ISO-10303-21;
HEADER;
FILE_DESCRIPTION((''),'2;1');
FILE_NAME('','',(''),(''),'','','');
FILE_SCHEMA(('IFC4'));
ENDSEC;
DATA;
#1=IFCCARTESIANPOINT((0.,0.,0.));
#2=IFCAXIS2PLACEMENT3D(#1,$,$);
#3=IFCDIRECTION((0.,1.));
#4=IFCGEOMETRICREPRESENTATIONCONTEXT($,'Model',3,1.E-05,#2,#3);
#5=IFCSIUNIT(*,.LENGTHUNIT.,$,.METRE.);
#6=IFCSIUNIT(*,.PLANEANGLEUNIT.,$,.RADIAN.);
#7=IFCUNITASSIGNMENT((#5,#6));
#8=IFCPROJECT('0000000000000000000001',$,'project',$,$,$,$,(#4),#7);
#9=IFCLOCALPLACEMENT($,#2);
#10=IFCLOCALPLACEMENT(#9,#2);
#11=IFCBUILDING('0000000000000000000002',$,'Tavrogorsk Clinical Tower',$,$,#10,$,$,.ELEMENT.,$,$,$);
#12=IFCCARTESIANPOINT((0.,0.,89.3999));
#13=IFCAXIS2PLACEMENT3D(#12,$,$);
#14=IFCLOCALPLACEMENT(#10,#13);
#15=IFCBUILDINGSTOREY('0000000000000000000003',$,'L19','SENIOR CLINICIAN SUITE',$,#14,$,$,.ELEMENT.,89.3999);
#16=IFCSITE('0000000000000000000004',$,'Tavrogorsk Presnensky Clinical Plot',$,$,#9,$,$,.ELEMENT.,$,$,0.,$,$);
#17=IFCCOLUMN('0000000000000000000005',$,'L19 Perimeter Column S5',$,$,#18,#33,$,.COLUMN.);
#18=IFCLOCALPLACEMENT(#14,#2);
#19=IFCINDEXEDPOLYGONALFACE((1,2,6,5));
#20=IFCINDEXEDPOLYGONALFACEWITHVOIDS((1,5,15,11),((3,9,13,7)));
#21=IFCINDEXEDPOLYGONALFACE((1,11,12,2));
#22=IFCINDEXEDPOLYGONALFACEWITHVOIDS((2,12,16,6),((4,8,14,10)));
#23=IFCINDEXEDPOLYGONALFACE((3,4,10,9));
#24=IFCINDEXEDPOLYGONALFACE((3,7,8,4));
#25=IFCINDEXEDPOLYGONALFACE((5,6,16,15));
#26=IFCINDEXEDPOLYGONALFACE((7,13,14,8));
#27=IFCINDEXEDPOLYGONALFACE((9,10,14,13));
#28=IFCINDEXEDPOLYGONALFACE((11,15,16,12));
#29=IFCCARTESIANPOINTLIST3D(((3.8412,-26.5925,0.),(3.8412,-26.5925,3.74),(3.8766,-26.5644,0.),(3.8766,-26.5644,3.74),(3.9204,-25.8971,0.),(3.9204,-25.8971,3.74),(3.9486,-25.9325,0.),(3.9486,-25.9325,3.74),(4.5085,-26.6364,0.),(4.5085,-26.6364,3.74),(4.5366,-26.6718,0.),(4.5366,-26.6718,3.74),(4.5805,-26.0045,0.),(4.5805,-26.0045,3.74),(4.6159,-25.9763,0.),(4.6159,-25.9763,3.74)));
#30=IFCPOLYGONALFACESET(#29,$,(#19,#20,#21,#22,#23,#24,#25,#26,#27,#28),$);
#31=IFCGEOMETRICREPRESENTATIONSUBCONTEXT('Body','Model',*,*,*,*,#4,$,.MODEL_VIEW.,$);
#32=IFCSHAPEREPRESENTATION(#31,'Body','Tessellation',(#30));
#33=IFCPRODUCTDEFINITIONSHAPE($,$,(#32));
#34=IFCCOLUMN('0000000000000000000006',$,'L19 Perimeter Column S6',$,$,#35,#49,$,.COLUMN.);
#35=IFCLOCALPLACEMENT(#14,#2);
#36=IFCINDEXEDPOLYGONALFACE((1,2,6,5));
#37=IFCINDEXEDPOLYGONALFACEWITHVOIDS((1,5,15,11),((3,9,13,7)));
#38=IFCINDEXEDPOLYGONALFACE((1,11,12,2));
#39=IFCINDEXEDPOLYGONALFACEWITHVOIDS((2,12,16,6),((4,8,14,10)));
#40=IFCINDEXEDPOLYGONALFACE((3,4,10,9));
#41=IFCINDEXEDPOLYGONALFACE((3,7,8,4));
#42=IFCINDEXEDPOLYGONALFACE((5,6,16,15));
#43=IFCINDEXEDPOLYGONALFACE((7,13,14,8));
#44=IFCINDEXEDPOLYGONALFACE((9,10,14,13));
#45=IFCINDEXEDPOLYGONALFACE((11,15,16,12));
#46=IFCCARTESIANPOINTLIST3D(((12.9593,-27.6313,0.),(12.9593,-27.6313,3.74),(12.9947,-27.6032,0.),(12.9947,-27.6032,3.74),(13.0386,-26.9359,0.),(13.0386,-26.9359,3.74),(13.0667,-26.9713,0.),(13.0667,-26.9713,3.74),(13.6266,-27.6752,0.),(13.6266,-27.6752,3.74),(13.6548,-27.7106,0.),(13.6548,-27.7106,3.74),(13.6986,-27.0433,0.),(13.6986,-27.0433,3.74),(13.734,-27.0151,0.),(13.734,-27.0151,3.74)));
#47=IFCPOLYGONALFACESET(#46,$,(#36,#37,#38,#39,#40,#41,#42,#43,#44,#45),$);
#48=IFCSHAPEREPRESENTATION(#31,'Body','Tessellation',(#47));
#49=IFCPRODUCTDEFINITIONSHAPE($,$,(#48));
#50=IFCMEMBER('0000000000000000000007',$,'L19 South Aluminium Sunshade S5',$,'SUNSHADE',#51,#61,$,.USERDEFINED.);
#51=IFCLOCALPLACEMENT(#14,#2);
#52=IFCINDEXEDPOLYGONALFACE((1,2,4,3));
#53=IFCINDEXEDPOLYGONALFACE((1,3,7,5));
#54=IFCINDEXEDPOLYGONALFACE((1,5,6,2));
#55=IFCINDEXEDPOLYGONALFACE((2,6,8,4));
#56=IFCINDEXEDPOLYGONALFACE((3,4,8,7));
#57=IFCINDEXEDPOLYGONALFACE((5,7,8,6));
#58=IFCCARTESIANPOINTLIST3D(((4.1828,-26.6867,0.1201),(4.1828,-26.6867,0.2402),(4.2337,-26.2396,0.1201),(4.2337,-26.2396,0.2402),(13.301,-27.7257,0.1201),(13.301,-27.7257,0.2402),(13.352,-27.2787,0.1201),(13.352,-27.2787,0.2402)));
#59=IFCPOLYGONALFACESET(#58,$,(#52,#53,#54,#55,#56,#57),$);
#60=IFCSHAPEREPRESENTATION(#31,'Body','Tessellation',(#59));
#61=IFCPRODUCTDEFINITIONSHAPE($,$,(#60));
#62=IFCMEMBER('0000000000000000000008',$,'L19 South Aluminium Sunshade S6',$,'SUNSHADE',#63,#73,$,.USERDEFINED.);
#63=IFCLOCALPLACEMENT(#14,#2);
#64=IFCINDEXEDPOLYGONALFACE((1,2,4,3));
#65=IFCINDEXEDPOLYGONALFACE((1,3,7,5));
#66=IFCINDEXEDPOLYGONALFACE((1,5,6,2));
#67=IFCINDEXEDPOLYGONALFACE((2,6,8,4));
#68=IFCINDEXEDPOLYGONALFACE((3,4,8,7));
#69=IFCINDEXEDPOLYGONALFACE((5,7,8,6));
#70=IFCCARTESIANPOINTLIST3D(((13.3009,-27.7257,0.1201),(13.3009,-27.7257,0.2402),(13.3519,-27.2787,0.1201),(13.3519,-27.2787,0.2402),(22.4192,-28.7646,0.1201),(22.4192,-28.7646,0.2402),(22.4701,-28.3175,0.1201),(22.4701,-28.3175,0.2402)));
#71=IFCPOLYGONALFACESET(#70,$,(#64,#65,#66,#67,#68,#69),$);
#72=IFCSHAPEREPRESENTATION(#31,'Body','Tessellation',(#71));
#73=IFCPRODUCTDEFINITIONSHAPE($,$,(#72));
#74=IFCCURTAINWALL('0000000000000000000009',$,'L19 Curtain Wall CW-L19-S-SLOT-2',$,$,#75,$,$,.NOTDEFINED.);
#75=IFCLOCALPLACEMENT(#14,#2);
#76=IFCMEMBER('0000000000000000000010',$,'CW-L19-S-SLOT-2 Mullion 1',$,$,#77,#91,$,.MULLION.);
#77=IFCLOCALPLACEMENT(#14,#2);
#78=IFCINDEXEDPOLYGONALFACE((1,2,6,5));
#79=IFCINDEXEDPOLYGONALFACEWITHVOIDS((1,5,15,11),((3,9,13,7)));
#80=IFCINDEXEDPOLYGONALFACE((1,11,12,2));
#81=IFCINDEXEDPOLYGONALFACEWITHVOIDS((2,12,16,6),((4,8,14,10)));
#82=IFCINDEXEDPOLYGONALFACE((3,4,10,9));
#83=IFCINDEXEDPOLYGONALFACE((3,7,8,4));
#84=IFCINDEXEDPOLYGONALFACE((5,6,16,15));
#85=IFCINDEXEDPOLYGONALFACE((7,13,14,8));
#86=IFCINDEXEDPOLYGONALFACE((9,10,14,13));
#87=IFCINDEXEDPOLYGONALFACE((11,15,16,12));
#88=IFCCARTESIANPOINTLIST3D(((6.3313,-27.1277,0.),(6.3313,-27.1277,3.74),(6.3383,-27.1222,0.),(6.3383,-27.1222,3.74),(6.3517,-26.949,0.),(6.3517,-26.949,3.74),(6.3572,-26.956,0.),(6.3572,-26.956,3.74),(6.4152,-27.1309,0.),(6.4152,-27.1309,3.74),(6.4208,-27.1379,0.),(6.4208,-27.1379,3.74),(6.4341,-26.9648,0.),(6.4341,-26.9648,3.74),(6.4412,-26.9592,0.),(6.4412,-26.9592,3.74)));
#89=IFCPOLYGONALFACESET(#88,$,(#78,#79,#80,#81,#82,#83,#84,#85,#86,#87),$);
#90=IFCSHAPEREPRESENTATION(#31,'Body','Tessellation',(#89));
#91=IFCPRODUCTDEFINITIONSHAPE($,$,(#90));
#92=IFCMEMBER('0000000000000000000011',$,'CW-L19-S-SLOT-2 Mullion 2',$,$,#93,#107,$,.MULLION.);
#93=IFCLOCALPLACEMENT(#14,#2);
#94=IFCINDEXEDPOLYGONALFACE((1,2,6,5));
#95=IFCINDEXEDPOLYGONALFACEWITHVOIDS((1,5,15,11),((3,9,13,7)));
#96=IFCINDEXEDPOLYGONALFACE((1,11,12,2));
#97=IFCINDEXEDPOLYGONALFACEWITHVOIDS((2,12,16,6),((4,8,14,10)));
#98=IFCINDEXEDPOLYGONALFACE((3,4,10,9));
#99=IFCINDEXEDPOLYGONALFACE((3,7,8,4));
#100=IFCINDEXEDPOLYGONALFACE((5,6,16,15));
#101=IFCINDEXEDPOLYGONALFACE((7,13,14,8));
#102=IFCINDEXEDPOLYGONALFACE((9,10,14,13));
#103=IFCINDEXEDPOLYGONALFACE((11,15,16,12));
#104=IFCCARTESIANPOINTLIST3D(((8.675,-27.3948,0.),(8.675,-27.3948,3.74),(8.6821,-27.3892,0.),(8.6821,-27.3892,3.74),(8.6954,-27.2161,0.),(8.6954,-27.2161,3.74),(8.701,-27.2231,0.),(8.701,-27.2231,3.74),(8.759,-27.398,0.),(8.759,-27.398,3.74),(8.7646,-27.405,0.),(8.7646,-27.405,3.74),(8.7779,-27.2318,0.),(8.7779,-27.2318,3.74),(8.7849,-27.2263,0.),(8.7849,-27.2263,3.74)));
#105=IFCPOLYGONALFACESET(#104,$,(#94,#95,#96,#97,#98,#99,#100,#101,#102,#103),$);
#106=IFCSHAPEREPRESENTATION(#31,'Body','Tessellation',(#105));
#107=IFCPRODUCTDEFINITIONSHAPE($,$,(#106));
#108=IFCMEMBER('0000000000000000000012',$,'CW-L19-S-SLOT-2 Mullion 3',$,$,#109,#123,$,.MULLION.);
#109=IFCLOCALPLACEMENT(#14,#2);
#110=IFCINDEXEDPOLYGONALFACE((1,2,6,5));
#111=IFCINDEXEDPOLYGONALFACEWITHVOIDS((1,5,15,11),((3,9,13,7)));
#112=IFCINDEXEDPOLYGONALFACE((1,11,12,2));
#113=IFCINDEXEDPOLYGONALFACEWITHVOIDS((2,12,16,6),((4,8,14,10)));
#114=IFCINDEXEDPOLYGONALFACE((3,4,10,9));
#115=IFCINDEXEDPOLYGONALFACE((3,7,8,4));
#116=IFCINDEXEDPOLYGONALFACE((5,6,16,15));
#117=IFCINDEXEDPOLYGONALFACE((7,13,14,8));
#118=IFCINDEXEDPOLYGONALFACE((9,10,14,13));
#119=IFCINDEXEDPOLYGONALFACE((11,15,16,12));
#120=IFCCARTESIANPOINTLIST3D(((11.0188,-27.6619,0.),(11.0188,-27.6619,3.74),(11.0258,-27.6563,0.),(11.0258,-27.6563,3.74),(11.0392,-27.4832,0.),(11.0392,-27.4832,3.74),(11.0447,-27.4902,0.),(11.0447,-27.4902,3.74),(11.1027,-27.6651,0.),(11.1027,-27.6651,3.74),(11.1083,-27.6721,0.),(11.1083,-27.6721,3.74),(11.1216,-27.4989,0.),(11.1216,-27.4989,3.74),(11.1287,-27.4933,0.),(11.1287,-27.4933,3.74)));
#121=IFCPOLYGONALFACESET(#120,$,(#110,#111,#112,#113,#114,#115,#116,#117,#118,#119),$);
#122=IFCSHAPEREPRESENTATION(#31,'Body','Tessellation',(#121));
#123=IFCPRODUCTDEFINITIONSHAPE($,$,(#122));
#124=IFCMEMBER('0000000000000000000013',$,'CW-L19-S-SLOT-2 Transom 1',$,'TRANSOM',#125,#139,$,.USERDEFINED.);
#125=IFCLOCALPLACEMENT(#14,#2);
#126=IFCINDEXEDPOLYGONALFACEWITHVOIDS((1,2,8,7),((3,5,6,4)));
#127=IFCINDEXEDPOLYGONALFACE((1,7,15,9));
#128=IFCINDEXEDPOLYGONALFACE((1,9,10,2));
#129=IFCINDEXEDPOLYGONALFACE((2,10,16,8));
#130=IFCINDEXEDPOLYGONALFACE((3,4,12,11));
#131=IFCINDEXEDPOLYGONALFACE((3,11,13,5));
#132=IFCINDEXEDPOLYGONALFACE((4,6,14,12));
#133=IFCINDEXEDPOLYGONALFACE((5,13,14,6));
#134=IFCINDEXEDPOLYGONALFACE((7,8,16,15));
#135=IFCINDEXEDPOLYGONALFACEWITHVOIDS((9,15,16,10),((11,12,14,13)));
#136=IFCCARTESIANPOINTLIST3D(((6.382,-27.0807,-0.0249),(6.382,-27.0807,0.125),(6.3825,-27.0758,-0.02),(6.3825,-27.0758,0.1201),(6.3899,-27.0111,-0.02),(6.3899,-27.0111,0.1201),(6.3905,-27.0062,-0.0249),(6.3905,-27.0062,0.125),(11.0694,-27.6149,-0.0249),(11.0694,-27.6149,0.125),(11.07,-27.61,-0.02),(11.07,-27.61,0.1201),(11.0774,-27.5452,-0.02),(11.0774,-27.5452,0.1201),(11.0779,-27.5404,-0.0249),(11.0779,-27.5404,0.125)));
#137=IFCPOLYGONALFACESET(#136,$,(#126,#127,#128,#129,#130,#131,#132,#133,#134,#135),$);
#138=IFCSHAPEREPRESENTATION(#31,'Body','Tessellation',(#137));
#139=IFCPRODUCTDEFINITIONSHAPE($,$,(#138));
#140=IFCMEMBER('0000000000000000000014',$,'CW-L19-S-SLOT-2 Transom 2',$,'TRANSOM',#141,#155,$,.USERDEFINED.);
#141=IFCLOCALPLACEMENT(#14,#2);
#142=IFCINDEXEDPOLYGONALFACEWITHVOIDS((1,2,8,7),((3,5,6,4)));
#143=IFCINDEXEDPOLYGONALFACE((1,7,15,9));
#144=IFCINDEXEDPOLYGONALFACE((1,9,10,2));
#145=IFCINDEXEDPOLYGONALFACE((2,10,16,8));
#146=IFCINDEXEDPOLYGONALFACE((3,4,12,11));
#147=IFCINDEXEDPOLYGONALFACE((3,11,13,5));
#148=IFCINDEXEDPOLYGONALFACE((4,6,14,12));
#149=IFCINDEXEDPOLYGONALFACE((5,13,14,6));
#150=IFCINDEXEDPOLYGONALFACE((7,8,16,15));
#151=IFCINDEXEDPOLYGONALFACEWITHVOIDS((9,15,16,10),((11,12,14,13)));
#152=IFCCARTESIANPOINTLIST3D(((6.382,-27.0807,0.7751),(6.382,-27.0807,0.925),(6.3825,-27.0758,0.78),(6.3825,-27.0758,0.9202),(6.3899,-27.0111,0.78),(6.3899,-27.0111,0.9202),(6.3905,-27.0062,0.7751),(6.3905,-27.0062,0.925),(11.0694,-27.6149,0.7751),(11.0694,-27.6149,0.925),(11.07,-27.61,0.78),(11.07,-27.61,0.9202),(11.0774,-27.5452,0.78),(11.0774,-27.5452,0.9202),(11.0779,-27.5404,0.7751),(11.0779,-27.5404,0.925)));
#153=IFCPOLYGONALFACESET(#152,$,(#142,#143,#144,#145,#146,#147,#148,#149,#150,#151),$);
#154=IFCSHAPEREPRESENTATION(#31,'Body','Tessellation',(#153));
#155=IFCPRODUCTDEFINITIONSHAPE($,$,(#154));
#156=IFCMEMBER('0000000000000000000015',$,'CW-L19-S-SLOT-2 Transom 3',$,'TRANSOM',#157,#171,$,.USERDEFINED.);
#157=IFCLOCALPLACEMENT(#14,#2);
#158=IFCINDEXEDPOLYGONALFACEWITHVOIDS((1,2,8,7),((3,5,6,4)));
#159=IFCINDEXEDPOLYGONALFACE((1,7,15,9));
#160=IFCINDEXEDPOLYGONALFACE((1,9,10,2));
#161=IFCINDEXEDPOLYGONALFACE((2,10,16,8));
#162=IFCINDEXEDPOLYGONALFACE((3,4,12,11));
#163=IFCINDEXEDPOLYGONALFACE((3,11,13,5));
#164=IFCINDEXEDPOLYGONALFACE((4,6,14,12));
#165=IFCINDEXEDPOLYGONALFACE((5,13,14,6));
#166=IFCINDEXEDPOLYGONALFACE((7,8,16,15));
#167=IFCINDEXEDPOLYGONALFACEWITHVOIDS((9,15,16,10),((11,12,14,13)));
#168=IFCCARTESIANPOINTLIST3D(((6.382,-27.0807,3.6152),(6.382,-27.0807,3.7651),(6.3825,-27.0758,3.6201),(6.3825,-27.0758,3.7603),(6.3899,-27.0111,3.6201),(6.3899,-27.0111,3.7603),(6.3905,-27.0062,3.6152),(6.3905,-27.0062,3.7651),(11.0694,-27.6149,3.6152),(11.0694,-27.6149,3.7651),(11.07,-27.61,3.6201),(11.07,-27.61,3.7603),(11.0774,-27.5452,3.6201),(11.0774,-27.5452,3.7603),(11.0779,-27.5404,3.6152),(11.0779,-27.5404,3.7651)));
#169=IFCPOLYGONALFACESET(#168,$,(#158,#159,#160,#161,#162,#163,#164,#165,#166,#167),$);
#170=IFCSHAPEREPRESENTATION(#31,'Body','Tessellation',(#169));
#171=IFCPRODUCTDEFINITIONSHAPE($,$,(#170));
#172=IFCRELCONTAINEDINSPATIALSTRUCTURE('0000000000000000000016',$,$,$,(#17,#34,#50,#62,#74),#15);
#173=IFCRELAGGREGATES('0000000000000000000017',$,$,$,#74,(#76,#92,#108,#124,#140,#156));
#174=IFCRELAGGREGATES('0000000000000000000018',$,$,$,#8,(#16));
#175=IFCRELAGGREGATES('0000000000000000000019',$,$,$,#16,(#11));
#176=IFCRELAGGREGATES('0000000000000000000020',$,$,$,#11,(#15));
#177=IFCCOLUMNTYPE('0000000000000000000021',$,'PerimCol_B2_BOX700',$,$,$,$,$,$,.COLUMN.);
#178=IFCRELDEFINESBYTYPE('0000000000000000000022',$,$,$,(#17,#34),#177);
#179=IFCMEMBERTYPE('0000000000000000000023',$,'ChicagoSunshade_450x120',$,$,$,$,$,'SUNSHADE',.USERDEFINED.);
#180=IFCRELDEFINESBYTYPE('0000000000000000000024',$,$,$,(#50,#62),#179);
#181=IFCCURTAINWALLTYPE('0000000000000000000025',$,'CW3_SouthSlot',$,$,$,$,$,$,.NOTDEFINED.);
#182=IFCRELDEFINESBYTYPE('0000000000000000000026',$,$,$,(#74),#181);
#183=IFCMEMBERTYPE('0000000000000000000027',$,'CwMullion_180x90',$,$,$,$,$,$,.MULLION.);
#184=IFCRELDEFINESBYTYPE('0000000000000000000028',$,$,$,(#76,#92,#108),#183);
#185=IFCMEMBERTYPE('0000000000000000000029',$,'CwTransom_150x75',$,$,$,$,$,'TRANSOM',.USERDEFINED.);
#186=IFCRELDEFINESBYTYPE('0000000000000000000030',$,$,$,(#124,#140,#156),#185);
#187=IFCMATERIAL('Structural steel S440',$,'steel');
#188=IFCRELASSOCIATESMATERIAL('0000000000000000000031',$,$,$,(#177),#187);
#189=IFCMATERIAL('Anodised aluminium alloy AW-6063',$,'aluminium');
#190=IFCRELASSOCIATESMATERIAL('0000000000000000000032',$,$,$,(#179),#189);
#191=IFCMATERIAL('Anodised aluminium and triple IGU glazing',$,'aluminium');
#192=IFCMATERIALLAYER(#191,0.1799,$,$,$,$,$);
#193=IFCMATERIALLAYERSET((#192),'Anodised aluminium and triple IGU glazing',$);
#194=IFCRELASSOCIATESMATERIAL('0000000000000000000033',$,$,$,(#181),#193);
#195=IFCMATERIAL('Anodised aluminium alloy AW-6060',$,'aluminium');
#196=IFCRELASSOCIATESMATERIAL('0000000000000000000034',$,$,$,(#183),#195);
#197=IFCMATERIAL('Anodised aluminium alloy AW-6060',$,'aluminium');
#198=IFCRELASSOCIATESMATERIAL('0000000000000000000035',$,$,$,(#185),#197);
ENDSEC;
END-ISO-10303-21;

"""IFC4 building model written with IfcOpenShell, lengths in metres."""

from ifc_helpers import new_model, si_unit, direction, frame, origin, origin_2d, place, context, subcontext, project, spatial, rectangle, hollow_rectangle, extrude, material, layer, layer_set, material_profile, profile_set, type_object, element, aggregate, save


model = new_model("IFC4")

# Units and contexts
model_context = context("Model", 3, precision=1e-05, world=origin(), true_north=direction((0.0, 1.0)))
body_context = subcontext(model_context, "Body", "Model", "MODEL_VIEW")
ifc_project = project(units=[si_unit("LENGTHUNIT", "METRE"), si_unit("PLANEANGLEUNIT", "RADIAN")], contexts=[model_context])

# Site, building, storey
site_placement = place(None, origin())
site = spatial("IfcSite", under=ifc_project, at=site_placement, Name="Tavrogorsk Presnensky Clinical Plot", CompositionType="ELEMENT", RefElevation=0.0)
building_placement = place(site_placement, origin())
building = spatial("IfcBuilding", under=site, at=building_placement, Name="Tavrogorsk Clinical Tower", CompositionType="ELEMENT")
storey_placement = place(building_placement, frame((0.0, 0.0, 89.3999)))
storey = spatial("IfcBuildingStorey", under=building, at=storey_placement, Name="L19", Description="SENIOR CLINICIAN SUITE", CompositionType="ELEMENT", Elevation=89.3999)

# Columns
ifc_material_1 = material(Name="Structural steel S440", Category="steel")
ifc_material_profile_1 = material_profile(ifc_material_1, hollow_rectangle(XDim=0.7, YDim=0.7, WallThickness=0.032, at=origin_2d()), Name="BOX-700x700x32")
ifc_profile_set_1 = profile_set([ifc_material_profile_1], Name="Structural steel S440")
column_type = type_object("IfcColumnType", Name="PerimCol_B2_BOX700", PredefinedType="COLUMN", material=ifc_profile_set_1)
for number, where, z_axis, x_axis, name in (
    (1, (4.2285, -26.2844, 0.0), (0.0, 0.0, 1.0), (0.993572, -0.113203, 0.0), "L19 Perimeter Column S5"),
    (2, (13.3467, -27.3232, 0.0), (0.0, 0.0, 1.0), (0.993572, -0.113203, 0.0), "L19 Perimeter Column S6"),
):
    element("IfcColumn", number, at=place(storey_placement, frame(where, z_axis=z_axis, x_axis=x_axis)), inside=storey, type_object=column_type, Name=name, PredefinedType="COLUMN", context=body_context, shape_type="SweptSolid", body=[
        extrude(hollow_rectangle(XDim=0.7, YDim=0.7, WallThickness=0.032, at=origin_2d()), origin(), (0.0, 0.0, 1.0), 3.74),
    ])

# Members
ifc_material_2 = material(Name="Anodised aluminium alloy AW-6063", Category="aluminium")
ifc_material_profile_2 = material_profile(ifc_material_2, rectangle(XDim=0.45, YDim=0.1201, at=origin_2d()), Name="ALU-SUNSHADE-450x120")
ifc_profile_set_2 = profile_set([ifc_material_profile_2], Name="Anodised aluminium alloy AW-6063")
member_type_1 = type_object("IfcMemberType", Name="ChicagoSunshade_450x120", ElementType="SUNSHADE", PredefinedType="USERDEFINED", material=ifc_profile_set_2)
for number, where, z_axis, x_axis, name in (
    (3, (4.2083, -26.4631, 0.1802), (0.99357, -0.113222, 0.0), (0.113222, 0.99357, 0.0), "L19 South Aluminium Sunshade S5"),
    (4, (13.3264, -27.5022, 0.1802), (0.993573, -0.113196, 0.0), (0.113196, 0.993573, 0.0), "L19 South Aluminium Sunshade S6"),
):
    element("IfcMember", number, at=place(storey_placement, frame(where, z_axis=z_axis, x_axis=x_axis)), inside=storey, type_object=member_type_1, Name=name, ObjectType="SUNSHADE", PredefinedType="USERDEFINED", context=body_context, shape_type="SweptSolid", body=[
        extrude(rectangle(XDim=0.45, YDim=0.1201, at=origin_2d()), origin(), (0.0, 0.0, 1.0), 9.1772),
    ])

# Curtain wall, members
ifc_material_3 = material(Name="Anodised aluminium and triple IGU glazing", Category="aluminium")
ifc_layer_1 = layer(ifc_material_3, 0.1799)
ifc_layer_set_1 = layer_set([ifc_layer_1], Name="Anodised aluminium and triple IGU glazing")
curtain_wall_type = type_object("IfcCurtainWallType", Name="CW3_SouthSlot", PredefinedType="NOTDEFINED", material=ifc_layer_set_1)
curtain_wall_placement = place(storey_placement, origin())
curtain_wall = element("IfcCurtainWall", 5, at=curtain_wall_placement, inside=storey, type_object=curtain_wall_type, Name="L19 Curtain Wall CW-L19-S-SLOT-2", PredefinedType="NOTDEFINED")
ifc_material_4 = material(Name="Anodised aluminium alloy AW-6060", Category="aluminium")
ifc_material_profile_3 = material_profile(ifc_material_4, hollow_rectangle(XDim=0.0901, YDim=0.1799, WallThickness=0.0063, at=origin_2d()), Name="RHS-180x90x6.3")
ifc_profile_set_3 = profile_set([ifc_material_profile_3], Name="Anodised aluminium alloy AW-6060")
member_type_2 = type_object("IfcMemberType", Name="CwMullion_180x90", PredefinedType="MULLION", material=ifc_profile_set_3)
member_1_placement = place(storey_placement, frame((6.3862, -27.0435, 0.0), z_axis=(0.0, 0.0, 1.0), x_axis=(0.993572, -0.113203, 0.0)))
member_1 = element("IfcMember", 6, at=member_1_placement, type_object=member_type_2, Name="CW-L19-S-SLOT-2 Mullion 1", PredefinedType="MULLION", context=body_context, shape_type="SweptSolid", body=[
    extrude(hollow_rectangle(XDim=0.0901, YDim=0.1799, WallThickness=0.0063, at=origin_2d()), origin(), (0.0, 0.0, 1.0), 3.74),
])
member_2_placement = place(storey_placement, frame((8.73, -27.3105, 0.0), z_axis=(0.0, 0.0, 1.0), x_axis=(0.993572, -0.113203, 0.0)))
member_2 = element("IfcMember", 7, at=member_2_placement, type_object=member_type_2, Name="CW-L19-S-SLOT-2 Mullion 2", PredefinedType="MULLION", context=body_context, shape_type="SweptSolid", body=[
    extrude(hollow_rectangle(XDim=0.0901, YDim=0.1799, WallThickness=0.0063, at=origin_2d()), origin(), (0.0, 0.0, 1.0), 3.74),
])
member_3_placement = place(storey_placement, frame((11.0737, -27.5776, 0.0), z_axis=(0.0, 0.0, 1.0), x_axis=(0.993572, -0.113203, 0.0)))
member_3 = element("IfcMember", 8, at=member_3_placement, type_object=member_type_2, Name="CW-L19-S-SLOT-2 Mullion 3", PredefinedType="MULLION", context=body_context, shape_type="SweptSolid", body=[
    extrude(hollow_rectangle(XDim=0.0901, YDim=0.1799, WallThickness=0.0063, at=origin_2d()), origin(), (0.0, 0.0, 1.0), 3.74),
])
ifc_material_5 = material(Name="Anodised aluminium alloy AW-6060", Category="aluminium")
ifc_material_profile_4 = material_profile(ifc_material_5, hollow_rectangle(XDim=0.075, YDim=0.1499, WallThickness=0.0049, at=origin_2d()), Name="RHS-150x75x5")
ifc_profile_set_4 = profile_set([ifc_material_profile_4], Name="Anodised aluminium alloy AW-6060")
member_type_3 = type_object("IfcMemberType", Name="CwTransom_150x75", ElementType="TRANSOM", PredefinedType="USERDEFINED", material=ifc_profile_set_4)
member_4_placement = place(storey_placement, frame((6.3862, -27.0435, 0.05), z_axis=(0.993569, -0.113226, 0.0), x_axis=(0.113226, 0.993569, 0.0)))
member_4 = element("IfcMember", 9, at=member_4_placement, type_object=member_type_3, Name="CW-L19-S-SLOT-2 Transom 1", ObjectType="TRANSOM", PredefinedType="USERDEFINED", context=body_context, shape_type="SweptSolid", body=[
    extrude(hollow_rectangle(XDim=0.075, YDim=0.1499, WallThickness=0.0049, at=origin_2d()), origin(), (0.0, 0.0, 1.0), 4.7178),
])
member_5_placement = place(storey_placement, frame((6.3862, -27.0435, 0.8501), z_axis=(0.993569, -0.113226, 0.0), x_axis=(0.113226, 0.993569, 0.0)))
member_5 = element("IfcMember", 10, at=member_5_placement, type_object=member_type_3, Name="CW-L19-S-SLOT-2 Transom 2", ObjectType="TRANSOM", PredefinedType="USERDEFINED", context=body_context, shape_type="SweptSolid", body=[
    extrude(hollow_rectangle(XDim=0.075, YDim=0.1499, WallThickness=0.0049, at=origin_2d()), origin(), (0.0, 0.0, 1.0), 4.7178),
])
member_6_placement = place(storey_placement, frame((6.3862, -27.0435, 3.6902), z_axis=(0.993569, -0.113226, 0.0), x_axis=(0.113226, 0.993569, 0.0)))
member_6 = element("IfcMember", 11, at=member_6_placement, type_object=member_type_3, Name="CW-L19-S-SLOT-2 Transom 3", ObjectType="TRANSOM", PredefinedType="USERDEFINED", context=body_context, shape_type="SweptSolid", body=[
    extrude(hollow_rectangle(XDim=0.075, YDim=0.1499, WallThickness=0.0049, at=origin_2d()), origin(), (0.0, 0.0, 1.0), 4.7178),
])

aggregate(curtain_wall, [member_1, member_2, member_3, member_4, member_5, member_6])

save(model, "model.ifc")
